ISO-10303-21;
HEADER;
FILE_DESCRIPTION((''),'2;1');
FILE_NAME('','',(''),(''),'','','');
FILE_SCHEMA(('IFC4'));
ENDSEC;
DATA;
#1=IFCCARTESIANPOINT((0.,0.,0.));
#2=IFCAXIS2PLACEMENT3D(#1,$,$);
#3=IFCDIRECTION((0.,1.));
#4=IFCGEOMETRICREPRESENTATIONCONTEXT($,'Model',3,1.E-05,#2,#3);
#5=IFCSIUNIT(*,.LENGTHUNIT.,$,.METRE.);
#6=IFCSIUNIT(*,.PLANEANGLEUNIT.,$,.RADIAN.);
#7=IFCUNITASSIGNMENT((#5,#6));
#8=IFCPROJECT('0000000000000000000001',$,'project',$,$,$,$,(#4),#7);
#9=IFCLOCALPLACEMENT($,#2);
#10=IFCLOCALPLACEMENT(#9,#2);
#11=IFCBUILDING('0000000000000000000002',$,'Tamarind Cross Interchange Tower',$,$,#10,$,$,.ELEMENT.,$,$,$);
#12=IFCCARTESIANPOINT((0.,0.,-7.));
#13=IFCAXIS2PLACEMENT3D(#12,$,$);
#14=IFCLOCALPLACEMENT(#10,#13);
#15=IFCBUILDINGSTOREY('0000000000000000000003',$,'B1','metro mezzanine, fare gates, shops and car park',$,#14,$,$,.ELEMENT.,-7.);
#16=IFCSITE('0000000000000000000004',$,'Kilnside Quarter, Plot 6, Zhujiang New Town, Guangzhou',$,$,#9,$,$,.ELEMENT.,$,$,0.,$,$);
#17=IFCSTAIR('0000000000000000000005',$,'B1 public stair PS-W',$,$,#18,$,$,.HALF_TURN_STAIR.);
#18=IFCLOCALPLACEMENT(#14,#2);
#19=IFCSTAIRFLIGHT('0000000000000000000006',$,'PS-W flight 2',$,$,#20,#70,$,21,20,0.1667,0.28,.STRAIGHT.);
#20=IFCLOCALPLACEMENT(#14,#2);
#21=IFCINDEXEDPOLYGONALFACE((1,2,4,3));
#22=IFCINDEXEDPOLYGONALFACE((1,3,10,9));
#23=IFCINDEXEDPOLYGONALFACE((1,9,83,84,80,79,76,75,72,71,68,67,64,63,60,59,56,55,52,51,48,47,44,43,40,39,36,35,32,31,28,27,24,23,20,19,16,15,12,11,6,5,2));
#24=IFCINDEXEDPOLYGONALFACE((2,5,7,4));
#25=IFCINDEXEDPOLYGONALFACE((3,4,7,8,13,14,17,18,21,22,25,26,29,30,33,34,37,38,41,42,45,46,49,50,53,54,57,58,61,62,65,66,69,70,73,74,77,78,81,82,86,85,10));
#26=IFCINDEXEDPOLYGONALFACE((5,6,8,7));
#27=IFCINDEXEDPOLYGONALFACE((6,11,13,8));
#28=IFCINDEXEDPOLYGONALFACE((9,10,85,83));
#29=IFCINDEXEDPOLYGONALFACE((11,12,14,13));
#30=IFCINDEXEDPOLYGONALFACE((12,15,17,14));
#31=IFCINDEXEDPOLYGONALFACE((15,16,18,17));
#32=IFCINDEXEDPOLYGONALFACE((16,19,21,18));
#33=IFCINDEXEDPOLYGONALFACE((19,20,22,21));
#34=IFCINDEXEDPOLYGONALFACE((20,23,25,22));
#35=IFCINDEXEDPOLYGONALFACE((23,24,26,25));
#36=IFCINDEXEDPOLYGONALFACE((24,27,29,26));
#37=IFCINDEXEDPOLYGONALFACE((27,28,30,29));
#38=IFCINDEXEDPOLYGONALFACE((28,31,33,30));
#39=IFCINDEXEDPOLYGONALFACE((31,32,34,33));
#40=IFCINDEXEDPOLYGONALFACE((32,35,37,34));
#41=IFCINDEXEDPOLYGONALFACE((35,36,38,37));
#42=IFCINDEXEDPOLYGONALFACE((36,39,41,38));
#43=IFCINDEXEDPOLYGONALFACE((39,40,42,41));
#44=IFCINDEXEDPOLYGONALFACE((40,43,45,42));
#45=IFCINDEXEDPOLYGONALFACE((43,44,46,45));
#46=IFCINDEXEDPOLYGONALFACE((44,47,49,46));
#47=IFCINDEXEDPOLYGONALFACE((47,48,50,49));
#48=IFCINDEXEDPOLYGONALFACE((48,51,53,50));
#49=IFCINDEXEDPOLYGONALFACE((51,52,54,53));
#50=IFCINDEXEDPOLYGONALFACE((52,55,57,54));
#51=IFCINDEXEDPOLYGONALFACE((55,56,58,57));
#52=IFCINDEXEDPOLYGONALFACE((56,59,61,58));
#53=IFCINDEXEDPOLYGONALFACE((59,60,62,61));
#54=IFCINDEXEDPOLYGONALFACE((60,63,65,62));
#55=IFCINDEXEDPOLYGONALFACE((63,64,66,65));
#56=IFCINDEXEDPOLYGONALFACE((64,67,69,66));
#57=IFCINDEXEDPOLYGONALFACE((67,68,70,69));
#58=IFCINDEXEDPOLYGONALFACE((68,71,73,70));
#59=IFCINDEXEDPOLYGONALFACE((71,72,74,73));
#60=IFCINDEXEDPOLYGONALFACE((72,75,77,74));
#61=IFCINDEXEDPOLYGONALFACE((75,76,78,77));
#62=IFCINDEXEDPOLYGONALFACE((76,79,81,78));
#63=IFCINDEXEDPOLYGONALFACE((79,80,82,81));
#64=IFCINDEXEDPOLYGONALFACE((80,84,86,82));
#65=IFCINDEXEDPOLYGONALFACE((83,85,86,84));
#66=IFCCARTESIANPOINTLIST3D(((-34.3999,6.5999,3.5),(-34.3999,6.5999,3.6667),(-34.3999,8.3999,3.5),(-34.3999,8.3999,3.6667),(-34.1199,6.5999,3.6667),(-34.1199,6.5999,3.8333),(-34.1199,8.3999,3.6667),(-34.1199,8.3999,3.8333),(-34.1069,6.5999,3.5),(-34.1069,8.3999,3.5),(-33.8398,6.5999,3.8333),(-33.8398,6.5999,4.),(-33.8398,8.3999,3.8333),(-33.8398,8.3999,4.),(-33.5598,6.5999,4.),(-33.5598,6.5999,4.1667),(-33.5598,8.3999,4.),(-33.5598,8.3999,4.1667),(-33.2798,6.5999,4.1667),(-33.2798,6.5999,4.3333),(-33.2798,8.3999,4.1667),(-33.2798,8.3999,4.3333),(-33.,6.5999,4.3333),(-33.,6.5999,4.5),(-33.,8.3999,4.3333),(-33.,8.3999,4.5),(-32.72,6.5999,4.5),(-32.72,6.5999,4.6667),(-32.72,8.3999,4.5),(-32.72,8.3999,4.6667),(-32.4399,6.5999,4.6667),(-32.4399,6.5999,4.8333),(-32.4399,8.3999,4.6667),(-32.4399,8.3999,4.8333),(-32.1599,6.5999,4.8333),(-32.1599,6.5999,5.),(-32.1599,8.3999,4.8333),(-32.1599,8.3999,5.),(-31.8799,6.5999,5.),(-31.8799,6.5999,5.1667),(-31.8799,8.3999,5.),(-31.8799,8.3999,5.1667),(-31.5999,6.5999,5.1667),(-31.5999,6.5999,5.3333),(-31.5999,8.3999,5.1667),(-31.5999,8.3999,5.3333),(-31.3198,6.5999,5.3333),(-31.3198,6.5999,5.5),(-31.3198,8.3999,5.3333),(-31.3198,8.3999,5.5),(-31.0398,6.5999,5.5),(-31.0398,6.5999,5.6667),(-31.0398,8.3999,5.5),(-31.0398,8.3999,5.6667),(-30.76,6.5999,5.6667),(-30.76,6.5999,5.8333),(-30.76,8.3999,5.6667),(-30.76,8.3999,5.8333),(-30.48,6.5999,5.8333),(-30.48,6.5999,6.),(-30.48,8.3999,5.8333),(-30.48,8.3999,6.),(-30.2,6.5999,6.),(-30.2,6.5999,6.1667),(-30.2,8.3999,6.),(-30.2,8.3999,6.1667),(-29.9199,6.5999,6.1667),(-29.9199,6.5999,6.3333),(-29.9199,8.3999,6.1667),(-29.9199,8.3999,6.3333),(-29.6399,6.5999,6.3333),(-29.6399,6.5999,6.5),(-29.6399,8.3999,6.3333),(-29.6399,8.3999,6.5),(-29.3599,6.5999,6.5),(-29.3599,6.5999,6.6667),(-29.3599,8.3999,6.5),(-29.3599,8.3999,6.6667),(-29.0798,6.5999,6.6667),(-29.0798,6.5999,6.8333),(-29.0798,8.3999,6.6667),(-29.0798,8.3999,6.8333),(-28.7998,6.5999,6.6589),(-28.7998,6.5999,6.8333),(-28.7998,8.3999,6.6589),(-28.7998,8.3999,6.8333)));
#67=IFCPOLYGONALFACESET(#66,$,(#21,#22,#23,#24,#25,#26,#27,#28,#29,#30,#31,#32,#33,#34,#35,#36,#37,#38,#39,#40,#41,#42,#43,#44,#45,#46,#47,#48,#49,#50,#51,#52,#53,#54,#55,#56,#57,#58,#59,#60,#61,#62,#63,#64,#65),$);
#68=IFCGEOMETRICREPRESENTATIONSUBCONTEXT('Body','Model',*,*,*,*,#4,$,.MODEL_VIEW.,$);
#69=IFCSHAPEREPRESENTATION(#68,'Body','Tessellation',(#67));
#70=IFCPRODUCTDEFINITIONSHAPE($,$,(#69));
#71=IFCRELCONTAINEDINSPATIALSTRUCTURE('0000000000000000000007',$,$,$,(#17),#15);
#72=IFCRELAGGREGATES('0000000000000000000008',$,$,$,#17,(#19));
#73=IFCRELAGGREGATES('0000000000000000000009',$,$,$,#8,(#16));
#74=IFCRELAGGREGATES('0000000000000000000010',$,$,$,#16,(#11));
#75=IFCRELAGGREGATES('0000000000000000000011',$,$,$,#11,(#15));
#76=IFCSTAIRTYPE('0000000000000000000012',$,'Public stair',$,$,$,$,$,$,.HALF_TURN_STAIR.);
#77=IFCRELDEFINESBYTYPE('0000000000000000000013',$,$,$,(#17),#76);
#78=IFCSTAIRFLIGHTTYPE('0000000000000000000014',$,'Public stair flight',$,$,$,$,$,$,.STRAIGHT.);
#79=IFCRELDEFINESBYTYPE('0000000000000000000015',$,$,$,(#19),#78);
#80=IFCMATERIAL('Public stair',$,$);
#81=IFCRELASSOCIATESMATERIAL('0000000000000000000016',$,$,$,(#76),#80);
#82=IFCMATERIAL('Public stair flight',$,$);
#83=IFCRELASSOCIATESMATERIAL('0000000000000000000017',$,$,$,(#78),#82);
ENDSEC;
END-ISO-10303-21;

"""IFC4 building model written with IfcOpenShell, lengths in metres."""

from ifc_helpers import new_model, si_unit, direction, frame, origin, place, context, subcontext, project, spatial, polyline, outline, extrude, material, type_object, element, aggregate, save


model = new_model("IFC4")

# Units and contexts
model_context = context("Model", 3, precision=1e-05, world=origin(), true_north=direction((0.0, 1.0)))
body_context = subcontext(model_context, "Body", "Model", "MODEL_VIEW")
ifc_project = project(units=[si_unit("LENGTHUNIT", "METRE"), si_unit("PLANEANGLEUNIT", "RADIAN")], contexts=[model_context])

# Site, building, storey
site_placement = place(None, origin())
site = spatial("IfcSite", under=ifc_project, at=site_placement, Name="Kilnside Quarter, Plot 6, Zhujiang New Town, Guangzhou", CompositionType="ELEMENT", RefElevation=0.0)
building_placement = place(site_placement, origin())
building = spatial("IfcBuilding", under=site, at=building_placement, Name="Tamarind Cross Interchange Tower", CompositionType="ELEMENT")
storey_placement = place(building_placement, frame((0.0, 0.0, -7.0)))
storey = spatial("IfcBuildingStorey", under=building, at=storey_placement, Name="B1", Description="metro mezzanine, fare gates, shops and car park", CompositionType="ELEMENT", Elevation=-7.0)

# Stair, stair flight
ifc_material_1 = material(Name="Public stair")
stair_type_1 = type_object("IfcStairType", Name="Public stair", PredefinedType="HALF_TURN_STAIR", material=ifc_material_1)
stair_1_placement = place(storey_placement, origin())
stair_1 = element("IfcStair", 1, at=stair_1_placement, inside=storey, type_object=stair_type_1, Name="B1 public stair PS-W", PredefinedType="HALF_TURN_STAIR")
ifc_material_2 = material(Name="Public stair flight")
stair_flight_type_1 = type_object("IfcStairFlightType", Name="Public stair flight", PredefinedType="STRAIGHT", material=ifc_material_2)
stair_flight_1_placement = place(storey_placement, frame((-34.3999, 7.5, 3.5), z_axis=(0.0, 0.0, 1.0), x_axis=(1.0, 0.0, 0.0)))
stair_flight_1 = element("IfcStairFlight", 2, at=stair_flight_1_placement, type_object=stair_flight_type_1, Name="PS-W flight 2", NumberOfRisers=21, NumberOfTreads=20, PredefinedType="STRAIGHT", RiserHeight=0.1667, TreadLength=0.28, context=body_context, shape_type="SweptSolid", body=[
    extrude(outline(polyline([(0.0, 0.0), (0.0, 0.1667), (0.28, 0.1667), (0.28, 0.3333), (0.5601, 0.3333), (0.5601, 0.5), (0.8401, 0.5), (0.8401, 0.6667), (1.1201, 0.6667), (1.1201, 0.8333), (1.3999, 0.8333), (1.3999, 1.0), (1.6799, 1.0), (1.6799, 1.1667), (1.96, 1.1667), (1.96, 1.3333), (2.24, 1.3333), (2.24, 1.5), (2.52, 1.5), (2.52, 1.6667), (2.8, 1.6667), (2.8, 1.8333), (3.0801, 1.8333), (3.0801, 2.0), (3.3601, 2.0), (3.3601, 2.1667), (3.6399, 2.1667), (3.6399, 2.3333), (3.9199, 2.3333), (3.9199, 2.5), (4.2, 2.5), (4.2, 2.6667), (4.48, 2.6667), (4.48, 2.8333), (4.76, 2.8333), (4.76, 3.0), (5.04, 3.0), (5.04, 3.1667), (5.3201, 3.1667), (5.3201, 3.3333), (5.6001, 3.3333), (5.6001, 3.5), (5.6001, 3.1589), (0.293, 0.0), (0.0, 0.0)])), frame((0.0, 0.8999, 0.0), z_axis=(0.0, -1.0, 0.0), x_axis=(1.0, 0.0, 0.0)), (0.0, 0.0, 1.0), 1.8),
])
aggregate(stair_1, [stair_flight_1])

save(model, "model.ifc")
